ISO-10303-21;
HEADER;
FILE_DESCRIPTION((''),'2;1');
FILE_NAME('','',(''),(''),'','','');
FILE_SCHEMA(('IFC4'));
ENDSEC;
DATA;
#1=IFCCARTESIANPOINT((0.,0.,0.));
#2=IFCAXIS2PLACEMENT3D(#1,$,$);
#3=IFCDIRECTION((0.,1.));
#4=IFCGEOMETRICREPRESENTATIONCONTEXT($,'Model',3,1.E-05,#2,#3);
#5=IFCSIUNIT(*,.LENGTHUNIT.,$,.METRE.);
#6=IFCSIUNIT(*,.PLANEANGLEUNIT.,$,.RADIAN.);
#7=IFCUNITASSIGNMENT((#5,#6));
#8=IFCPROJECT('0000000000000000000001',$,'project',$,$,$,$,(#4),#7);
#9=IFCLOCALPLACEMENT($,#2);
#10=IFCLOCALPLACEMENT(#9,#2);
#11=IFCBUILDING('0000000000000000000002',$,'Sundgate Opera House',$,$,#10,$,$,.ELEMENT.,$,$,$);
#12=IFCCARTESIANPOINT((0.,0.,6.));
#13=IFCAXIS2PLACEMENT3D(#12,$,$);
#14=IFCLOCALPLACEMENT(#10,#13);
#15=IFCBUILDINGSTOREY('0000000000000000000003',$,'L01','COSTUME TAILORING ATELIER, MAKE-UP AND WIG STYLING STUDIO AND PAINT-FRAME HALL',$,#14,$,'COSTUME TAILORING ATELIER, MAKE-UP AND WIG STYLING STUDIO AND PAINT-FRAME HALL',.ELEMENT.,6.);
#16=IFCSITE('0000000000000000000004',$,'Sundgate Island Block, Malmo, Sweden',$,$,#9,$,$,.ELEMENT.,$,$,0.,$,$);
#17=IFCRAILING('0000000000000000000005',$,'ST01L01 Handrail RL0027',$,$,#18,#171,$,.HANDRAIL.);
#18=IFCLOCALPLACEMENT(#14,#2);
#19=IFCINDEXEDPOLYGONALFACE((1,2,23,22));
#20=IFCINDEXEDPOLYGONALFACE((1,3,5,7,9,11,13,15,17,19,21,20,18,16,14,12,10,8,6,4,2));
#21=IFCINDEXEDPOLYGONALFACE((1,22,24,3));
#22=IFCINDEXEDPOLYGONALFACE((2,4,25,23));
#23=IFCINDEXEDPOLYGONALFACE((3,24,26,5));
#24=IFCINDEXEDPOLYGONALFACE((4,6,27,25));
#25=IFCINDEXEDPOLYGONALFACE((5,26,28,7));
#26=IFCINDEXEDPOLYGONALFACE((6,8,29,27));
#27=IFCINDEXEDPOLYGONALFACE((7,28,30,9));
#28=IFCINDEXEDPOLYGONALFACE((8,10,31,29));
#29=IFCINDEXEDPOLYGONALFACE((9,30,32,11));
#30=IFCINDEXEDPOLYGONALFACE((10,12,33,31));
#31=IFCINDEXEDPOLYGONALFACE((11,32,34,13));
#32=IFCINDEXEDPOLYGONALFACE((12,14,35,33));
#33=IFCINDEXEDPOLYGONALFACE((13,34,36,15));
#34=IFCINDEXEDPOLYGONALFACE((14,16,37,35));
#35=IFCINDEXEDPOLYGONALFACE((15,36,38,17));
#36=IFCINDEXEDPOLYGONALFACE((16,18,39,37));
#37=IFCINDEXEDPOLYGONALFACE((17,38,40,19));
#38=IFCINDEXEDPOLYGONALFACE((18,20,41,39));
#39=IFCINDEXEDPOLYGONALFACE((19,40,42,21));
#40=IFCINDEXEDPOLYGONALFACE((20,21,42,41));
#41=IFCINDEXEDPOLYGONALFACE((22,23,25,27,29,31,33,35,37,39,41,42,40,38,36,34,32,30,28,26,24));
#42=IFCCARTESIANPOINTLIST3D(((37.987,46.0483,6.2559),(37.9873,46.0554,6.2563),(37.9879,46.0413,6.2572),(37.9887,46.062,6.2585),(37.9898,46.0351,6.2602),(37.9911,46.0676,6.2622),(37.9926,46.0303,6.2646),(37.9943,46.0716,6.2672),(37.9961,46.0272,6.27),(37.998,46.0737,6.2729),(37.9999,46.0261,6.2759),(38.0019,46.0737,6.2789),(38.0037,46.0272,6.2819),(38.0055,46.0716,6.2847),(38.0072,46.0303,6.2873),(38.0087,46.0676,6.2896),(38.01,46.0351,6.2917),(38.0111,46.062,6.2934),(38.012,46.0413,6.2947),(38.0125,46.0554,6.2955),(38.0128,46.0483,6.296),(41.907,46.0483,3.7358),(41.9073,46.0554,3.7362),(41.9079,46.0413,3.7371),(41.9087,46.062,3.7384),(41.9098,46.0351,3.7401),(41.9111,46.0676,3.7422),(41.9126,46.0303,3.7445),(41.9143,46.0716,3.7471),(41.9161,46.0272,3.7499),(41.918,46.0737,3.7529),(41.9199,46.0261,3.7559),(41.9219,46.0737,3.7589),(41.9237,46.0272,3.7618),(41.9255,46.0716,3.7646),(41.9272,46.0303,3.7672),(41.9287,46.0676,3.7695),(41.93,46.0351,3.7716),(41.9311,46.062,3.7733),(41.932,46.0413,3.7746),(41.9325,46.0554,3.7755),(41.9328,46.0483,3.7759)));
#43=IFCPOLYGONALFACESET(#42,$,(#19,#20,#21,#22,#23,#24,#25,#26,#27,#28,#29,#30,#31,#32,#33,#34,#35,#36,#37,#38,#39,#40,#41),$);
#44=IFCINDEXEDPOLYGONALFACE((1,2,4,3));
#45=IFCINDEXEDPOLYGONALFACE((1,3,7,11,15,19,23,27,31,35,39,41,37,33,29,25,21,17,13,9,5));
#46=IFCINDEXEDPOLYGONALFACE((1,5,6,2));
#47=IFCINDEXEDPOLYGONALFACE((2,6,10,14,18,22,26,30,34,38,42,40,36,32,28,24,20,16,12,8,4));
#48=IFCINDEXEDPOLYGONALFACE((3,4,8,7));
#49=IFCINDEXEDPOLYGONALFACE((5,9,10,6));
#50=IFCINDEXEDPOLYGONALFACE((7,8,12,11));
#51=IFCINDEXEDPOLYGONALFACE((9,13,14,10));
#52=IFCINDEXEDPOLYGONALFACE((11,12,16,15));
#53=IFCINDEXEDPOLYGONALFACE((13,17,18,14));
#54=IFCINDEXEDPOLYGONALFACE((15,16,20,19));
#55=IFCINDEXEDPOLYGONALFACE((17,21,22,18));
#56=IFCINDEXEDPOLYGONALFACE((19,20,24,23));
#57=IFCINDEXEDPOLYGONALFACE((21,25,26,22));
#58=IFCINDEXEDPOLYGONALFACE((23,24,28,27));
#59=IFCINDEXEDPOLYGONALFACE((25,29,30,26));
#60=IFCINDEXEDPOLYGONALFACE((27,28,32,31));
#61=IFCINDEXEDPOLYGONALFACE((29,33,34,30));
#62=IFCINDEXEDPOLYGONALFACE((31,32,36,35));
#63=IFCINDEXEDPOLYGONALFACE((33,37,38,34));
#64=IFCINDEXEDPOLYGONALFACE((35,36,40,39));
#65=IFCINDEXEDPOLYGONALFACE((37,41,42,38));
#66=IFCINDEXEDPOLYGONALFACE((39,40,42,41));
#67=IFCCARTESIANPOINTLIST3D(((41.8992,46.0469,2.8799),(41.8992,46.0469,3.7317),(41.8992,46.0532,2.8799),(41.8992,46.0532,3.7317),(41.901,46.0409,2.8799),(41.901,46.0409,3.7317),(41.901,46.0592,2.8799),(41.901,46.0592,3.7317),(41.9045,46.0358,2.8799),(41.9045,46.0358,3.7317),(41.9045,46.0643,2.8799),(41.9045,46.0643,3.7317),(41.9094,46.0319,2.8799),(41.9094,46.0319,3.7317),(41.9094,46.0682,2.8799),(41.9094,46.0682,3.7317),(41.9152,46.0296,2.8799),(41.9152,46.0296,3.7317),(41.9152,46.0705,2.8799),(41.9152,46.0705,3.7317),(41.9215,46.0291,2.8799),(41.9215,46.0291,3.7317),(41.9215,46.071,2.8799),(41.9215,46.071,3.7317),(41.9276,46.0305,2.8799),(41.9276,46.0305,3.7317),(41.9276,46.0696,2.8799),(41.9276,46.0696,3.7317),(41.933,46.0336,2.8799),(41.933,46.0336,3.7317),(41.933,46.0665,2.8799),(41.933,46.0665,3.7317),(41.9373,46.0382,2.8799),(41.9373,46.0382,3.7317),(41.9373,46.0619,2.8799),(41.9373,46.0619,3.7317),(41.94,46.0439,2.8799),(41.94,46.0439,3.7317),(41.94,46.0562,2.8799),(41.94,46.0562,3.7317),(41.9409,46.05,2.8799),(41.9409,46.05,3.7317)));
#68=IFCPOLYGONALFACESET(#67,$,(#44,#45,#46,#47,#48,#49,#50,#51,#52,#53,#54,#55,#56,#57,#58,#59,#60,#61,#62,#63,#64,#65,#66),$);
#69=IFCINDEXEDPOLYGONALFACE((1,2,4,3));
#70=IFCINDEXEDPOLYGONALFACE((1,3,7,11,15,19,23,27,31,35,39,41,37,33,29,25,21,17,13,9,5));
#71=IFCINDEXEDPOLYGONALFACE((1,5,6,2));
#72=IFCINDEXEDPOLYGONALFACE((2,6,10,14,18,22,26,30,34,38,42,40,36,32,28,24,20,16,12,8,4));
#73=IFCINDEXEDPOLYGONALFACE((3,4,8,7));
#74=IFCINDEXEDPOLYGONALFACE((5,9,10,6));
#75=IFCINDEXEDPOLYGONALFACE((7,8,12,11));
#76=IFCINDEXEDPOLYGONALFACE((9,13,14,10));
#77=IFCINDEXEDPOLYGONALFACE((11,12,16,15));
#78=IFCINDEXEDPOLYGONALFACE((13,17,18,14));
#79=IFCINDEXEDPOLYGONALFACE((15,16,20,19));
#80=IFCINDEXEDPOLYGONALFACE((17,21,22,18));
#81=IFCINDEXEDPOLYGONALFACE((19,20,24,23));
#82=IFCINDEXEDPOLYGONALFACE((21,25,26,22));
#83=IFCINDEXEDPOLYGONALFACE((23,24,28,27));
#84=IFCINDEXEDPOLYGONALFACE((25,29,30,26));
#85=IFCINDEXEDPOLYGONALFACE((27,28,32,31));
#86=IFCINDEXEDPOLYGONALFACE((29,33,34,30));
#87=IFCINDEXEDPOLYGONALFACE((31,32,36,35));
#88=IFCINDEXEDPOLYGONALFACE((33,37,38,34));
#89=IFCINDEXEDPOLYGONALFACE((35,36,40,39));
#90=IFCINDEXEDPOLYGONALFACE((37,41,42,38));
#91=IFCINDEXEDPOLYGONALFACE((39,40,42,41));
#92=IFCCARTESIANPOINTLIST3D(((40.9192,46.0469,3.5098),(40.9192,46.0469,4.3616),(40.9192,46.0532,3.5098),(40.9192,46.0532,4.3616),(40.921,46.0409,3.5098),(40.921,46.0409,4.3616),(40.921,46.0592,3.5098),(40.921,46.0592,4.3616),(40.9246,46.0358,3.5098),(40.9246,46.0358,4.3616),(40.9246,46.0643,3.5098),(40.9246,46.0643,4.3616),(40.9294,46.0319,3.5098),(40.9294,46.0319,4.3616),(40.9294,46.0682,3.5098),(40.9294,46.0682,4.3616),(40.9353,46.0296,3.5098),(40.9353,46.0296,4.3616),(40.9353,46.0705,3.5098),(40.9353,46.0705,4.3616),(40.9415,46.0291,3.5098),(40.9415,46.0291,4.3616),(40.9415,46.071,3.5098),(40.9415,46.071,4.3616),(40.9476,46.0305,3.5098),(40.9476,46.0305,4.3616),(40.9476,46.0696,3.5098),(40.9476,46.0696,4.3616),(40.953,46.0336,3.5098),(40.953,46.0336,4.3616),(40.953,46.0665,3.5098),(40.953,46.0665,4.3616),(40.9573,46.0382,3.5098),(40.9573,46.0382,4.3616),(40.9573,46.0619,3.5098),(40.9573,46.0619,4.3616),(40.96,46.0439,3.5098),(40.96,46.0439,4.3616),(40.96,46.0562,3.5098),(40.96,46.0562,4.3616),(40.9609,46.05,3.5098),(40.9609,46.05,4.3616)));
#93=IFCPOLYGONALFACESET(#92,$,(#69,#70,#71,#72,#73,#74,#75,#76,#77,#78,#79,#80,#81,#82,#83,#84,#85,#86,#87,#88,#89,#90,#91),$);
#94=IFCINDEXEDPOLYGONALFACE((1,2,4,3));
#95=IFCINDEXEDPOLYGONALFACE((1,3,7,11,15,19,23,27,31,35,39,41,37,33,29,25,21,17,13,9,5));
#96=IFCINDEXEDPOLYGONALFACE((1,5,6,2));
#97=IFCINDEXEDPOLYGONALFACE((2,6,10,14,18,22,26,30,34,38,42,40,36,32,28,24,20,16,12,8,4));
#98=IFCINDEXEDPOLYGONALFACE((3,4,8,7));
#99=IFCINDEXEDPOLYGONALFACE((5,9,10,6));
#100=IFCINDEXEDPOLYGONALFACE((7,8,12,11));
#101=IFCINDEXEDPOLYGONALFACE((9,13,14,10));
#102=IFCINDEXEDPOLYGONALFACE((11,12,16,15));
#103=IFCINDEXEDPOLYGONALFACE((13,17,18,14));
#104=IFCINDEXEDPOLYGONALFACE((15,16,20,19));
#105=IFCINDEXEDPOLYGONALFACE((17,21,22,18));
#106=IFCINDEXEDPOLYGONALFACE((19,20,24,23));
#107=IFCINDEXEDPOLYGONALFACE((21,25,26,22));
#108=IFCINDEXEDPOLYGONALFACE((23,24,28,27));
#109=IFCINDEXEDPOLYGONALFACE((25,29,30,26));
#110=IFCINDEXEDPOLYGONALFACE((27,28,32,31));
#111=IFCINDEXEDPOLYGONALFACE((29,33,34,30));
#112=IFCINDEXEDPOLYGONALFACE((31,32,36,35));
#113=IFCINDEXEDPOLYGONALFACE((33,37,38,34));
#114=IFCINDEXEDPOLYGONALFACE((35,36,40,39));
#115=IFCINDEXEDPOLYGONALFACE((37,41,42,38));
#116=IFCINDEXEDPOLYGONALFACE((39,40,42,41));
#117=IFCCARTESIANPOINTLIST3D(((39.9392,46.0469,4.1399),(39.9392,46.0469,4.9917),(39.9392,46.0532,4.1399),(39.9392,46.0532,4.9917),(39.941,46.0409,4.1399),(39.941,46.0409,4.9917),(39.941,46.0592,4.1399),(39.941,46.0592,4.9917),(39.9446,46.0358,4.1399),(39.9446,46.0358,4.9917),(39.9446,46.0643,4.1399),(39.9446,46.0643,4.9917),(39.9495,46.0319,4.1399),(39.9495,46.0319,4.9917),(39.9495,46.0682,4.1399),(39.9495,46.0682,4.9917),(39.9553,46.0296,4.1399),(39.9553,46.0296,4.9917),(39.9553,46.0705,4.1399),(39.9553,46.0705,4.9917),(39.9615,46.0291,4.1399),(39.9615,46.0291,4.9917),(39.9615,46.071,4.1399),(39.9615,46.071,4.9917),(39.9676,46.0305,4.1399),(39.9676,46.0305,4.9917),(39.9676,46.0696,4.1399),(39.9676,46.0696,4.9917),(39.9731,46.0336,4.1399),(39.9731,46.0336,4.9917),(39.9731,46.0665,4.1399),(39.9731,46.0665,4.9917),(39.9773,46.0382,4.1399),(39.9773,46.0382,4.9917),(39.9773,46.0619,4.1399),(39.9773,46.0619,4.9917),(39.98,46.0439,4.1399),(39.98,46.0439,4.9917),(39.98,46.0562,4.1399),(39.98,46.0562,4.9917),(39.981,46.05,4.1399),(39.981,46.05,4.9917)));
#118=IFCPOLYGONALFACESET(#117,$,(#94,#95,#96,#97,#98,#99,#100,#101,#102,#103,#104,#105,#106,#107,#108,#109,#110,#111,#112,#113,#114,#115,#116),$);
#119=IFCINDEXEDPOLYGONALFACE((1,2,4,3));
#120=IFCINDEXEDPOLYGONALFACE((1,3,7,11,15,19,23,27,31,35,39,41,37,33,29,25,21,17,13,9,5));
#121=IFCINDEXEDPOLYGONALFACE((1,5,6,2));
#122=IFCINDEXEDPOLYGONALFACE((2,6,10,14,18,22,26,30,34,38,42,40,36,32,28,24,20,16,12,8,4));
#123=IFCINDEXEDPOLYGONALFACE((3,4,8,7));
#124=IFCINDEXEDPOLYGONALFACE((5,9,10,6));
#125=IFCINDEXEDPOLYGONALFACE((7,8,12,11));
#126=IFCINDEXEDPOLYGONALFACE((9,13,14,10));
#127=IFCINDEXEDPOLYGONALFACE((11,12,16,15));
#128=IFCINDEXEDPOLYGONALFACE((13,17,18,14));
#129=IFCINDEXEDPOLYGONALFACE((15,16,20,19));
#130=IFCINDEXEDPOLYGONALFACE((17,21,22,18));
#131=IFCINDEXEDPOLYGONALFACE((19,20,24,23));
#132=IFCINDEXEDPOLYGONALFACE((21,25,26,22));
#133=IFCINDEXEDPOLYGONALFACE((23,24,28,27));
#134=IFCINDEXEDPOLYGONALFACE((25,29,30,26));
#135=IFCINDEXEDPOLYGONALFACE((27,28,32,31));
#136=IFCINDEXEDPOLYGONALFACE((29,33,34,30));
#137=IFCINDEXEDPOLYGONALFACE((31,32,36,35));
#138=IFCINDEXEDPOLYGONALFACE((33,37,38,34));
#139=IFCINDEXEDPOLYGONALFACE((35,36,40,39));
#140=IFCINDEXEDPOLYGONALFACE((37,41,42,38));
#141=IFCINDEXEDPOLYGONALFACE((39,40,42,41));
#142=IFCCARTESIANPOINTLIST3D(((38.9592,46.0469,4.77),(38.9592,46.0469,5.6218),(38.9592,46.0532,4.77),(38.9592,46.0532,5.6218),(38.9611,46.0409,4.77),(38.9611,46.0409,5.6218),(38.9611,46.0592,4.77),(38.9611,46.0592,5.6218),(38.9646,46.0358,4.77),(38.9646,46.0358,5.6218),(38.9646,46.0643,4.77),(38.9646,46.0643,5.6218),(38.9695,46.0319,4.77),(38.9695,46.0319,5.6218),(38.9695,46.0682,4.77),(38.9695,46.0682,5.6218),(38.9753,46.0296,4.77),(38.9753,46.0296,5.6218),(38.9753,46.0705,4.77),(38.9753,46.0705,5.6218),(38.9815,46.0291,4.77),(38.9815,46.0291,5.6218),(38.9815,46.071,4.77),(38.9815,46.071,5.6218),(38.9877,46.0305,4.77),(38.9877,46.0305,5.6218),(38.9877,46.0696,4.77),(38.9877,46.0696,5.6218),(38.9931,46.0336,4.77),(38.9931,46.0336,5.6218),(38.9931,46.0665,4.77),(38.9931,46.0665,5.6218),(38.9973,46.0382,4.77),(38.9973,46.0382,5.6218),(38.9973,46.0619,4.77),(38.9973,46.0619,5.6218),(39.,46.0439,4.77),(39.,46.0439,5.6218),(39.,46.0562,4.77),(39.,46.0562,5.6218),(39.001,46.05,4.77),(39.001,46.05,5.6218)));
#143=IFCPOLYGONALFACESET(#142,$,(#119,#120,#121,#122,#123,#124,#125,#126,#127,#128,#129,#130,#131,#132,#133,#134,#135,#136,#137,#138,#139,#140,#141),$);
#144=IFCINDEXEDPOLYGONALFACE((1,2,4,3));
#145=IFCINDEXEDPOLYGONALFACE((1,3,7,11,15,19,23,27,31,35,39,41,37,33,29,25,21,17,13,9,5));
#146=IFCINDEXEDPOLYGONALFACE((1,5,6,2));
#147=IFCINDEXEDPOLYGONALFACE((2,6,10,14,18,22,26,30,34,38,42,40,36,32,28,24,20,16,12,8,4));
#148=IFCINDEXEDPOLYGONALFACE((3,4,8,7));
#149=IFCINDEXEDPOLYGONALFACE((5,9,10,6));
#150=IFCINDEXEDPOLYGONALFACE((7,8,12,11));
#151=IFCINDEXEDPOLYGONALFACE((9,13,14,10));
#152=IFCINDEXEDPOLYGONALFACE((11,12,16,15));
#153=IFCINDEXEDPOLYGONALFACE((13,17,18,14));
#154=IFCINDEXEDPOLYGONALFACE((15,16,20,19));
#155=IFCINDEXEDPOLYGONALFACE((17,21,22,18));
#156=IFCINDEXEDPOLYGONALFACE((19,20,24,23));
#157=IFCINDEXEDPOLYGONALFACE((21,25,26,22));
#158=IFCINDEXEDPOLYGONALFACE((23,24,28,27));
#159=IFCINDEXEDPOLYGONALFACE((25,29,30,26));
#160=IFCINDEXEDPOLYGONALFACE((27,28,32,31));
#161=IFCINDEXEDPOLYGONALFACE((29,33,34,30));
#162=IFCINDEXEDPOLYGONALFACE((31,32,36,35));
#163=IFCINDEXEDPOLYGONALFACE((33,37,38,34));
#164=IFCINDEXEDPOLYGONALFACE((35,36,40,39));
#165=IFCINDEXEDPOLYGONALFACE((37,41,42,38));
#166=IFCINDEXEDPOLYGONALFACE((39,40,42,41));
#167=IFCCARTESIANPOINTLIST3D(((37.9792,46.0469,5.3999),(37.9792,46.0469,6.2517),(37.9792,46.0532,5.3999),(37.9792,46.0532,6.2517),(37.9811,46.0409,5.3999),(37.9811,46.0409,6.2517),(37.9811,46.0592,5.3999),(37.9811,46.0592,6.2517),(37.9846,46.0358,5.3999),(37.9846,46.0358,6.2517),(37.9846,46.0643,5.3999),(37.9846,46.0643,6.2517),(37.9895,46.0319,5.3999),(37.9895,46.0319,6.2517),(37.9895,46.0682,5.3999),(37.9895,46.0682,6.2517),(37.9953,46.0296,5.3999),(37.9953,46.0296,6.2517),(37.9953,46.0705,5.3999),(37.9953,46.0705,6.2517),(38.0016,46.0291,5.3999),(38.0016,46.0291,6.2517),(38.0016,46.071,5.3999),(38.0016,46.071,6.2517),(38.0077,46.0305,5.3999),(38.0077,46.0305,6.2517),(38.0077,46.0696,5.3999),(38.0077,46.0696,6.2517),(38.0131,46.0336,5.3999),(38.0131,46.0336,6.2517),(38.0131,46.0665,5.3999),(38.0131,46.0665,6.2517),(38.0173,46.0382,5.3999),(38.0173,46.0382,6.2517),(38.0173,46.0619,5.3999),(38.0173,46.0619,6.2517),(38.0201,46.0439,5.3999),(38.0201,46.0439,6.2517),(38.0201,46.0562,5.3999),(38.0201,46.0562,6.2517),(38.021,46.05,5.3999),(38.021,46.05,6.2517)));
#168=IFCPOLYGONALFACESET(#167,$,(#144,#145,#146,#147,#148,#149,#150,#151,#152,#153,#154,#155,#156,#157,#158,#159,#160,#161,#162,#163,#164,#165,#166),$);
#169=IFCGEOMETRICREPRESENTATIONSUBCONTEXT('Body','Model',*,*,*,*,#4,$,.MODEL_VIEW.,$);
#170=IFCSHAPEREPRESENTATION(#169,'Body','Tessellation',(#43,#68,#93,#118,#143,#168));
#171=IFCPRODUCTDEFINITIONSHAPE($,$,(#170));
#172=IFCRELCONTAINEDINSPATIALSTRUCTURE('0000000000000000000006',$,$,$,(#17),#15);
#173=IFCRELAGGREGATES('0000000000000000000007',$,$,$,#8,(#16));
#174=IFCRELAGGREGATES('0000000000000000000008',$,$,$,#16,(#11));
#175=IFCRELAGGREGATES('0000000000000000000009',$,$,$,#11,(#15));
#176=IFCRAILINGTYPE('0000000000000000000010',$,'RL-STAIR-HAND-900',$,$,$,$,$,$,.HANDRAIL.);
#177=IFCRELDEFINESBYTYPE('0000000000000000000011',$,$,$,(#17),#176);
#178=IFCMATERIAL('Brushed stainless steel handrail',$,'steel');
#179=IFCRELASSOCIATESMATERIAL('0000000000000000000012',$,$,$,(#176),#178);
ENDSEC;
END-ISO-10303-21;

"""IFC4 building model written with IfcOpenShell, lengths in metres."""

from ifc_helpers import new_model, si_unit, direction, frame, origin, origin_2d, place, context, subcontext, project, spatial, circle, extrude, material, type_object, element, save


model = new_model("IFC4")

# Units and contexts
model_context = context("Model", 3, precision=1e-05, world=origin(), true_north=direction((0.0, 1.0)))
body_context = subcontext(model_context, "Body", "Model", "MODEL_VIEW")
ifc_project = project(units=[si_unit("LENGTHUNIT", "METRE"), si_unit("PLANEANGLEUNIT", "RADIAN")], contexts=[model_context])

# Site, building, storey
site_placement = place(None, origin())
site = spatial("IfcSite", under=ifc_project, at=site_placement, Name="Sundgate Island Block, Malmo, Sweden", CompositionType="ELEMENT", RefElevation=0.0)
building_placement = place(site_placement, origin())
building = spatial("IfcBuilding", under=site, at=building_placement, Name="Sundgate Opera House", CompositionType="ELEMENT")
storey_placement = place(building_placement, frame((0.0, 0.0, 6.0)))
storey = spatial("IfcBuildingStorey", under=building, at=storey_placement, Name="L01", Description="COSTUME TAILORING ATELIER, MAKE-UP AND WIG STYLING STUDIO AND PAINT-FRAME HALL", LongName="COSTUME TAILORING ATELIER, MAKE-UP AND WIG STYLING STUDIO AND PAINT-FRAME HALL", CompositionType="ELEMENT", Elevation=6.0)

# Railing
ifc_material_1 = material(Name="Brushed stainless steel handrail", Category="steel")
railing_type_1 = type_object("IfcRailingType", Name="RL-STAIR-HAND-900", PredefinedType="HANDRAIL", material=ifc_material_1)
railing_1_placement = place(storey_placement, frame((41.9199, 46.05, 2.8799)))
element("IfcRailing", 1, at=railing_1_placement, inside=storey, type_object=railing_type_1, Name="ST01L01 Handrail RL0027", PredefinedType="HANDRAIL", context=body_context, shape_type="SweptSolid", body=[
    extrude(circle(Radius=0.0239, at=origin_2d()), frame((0.0, 0.0, 0.876), z_axis=(-0.841172, 0.0, 0.540768), x_axis=(0.0, -1.0, 0.0)), (0.0, 0.0, 1.0), 4.6602),
    extrude(circle(Radius=0.021, at=origin_2d()), origin(), (0.0, 0.0, 1.0), 0.8518),
    extrude(circle(Radius=0.021, at=origin_2d()), frame((-0.98, 0.0, 0.6299)), (0.0, 0.0, 1.0), 0.8518),
    extrude(circle(Radius=0.021, at=origin_2d()), frame((-1.96, 0.0, 1.26)), (0.0, 0.0, 1.0), 0.8518),
    extrude(circle(Radius=0.021, at=origin_2d()), frame((-2.9399, 0.0, 1.8901)), (0.0, 0.0, 1.0), 0.8518),
    extrude(circle(Radius=0.021, at=origin_2d()), frame((-3.9199, 0.0, 2.52)), (0.0, 0.0, 1.0), 0.8518),
])

save(model, "model.ifc")
